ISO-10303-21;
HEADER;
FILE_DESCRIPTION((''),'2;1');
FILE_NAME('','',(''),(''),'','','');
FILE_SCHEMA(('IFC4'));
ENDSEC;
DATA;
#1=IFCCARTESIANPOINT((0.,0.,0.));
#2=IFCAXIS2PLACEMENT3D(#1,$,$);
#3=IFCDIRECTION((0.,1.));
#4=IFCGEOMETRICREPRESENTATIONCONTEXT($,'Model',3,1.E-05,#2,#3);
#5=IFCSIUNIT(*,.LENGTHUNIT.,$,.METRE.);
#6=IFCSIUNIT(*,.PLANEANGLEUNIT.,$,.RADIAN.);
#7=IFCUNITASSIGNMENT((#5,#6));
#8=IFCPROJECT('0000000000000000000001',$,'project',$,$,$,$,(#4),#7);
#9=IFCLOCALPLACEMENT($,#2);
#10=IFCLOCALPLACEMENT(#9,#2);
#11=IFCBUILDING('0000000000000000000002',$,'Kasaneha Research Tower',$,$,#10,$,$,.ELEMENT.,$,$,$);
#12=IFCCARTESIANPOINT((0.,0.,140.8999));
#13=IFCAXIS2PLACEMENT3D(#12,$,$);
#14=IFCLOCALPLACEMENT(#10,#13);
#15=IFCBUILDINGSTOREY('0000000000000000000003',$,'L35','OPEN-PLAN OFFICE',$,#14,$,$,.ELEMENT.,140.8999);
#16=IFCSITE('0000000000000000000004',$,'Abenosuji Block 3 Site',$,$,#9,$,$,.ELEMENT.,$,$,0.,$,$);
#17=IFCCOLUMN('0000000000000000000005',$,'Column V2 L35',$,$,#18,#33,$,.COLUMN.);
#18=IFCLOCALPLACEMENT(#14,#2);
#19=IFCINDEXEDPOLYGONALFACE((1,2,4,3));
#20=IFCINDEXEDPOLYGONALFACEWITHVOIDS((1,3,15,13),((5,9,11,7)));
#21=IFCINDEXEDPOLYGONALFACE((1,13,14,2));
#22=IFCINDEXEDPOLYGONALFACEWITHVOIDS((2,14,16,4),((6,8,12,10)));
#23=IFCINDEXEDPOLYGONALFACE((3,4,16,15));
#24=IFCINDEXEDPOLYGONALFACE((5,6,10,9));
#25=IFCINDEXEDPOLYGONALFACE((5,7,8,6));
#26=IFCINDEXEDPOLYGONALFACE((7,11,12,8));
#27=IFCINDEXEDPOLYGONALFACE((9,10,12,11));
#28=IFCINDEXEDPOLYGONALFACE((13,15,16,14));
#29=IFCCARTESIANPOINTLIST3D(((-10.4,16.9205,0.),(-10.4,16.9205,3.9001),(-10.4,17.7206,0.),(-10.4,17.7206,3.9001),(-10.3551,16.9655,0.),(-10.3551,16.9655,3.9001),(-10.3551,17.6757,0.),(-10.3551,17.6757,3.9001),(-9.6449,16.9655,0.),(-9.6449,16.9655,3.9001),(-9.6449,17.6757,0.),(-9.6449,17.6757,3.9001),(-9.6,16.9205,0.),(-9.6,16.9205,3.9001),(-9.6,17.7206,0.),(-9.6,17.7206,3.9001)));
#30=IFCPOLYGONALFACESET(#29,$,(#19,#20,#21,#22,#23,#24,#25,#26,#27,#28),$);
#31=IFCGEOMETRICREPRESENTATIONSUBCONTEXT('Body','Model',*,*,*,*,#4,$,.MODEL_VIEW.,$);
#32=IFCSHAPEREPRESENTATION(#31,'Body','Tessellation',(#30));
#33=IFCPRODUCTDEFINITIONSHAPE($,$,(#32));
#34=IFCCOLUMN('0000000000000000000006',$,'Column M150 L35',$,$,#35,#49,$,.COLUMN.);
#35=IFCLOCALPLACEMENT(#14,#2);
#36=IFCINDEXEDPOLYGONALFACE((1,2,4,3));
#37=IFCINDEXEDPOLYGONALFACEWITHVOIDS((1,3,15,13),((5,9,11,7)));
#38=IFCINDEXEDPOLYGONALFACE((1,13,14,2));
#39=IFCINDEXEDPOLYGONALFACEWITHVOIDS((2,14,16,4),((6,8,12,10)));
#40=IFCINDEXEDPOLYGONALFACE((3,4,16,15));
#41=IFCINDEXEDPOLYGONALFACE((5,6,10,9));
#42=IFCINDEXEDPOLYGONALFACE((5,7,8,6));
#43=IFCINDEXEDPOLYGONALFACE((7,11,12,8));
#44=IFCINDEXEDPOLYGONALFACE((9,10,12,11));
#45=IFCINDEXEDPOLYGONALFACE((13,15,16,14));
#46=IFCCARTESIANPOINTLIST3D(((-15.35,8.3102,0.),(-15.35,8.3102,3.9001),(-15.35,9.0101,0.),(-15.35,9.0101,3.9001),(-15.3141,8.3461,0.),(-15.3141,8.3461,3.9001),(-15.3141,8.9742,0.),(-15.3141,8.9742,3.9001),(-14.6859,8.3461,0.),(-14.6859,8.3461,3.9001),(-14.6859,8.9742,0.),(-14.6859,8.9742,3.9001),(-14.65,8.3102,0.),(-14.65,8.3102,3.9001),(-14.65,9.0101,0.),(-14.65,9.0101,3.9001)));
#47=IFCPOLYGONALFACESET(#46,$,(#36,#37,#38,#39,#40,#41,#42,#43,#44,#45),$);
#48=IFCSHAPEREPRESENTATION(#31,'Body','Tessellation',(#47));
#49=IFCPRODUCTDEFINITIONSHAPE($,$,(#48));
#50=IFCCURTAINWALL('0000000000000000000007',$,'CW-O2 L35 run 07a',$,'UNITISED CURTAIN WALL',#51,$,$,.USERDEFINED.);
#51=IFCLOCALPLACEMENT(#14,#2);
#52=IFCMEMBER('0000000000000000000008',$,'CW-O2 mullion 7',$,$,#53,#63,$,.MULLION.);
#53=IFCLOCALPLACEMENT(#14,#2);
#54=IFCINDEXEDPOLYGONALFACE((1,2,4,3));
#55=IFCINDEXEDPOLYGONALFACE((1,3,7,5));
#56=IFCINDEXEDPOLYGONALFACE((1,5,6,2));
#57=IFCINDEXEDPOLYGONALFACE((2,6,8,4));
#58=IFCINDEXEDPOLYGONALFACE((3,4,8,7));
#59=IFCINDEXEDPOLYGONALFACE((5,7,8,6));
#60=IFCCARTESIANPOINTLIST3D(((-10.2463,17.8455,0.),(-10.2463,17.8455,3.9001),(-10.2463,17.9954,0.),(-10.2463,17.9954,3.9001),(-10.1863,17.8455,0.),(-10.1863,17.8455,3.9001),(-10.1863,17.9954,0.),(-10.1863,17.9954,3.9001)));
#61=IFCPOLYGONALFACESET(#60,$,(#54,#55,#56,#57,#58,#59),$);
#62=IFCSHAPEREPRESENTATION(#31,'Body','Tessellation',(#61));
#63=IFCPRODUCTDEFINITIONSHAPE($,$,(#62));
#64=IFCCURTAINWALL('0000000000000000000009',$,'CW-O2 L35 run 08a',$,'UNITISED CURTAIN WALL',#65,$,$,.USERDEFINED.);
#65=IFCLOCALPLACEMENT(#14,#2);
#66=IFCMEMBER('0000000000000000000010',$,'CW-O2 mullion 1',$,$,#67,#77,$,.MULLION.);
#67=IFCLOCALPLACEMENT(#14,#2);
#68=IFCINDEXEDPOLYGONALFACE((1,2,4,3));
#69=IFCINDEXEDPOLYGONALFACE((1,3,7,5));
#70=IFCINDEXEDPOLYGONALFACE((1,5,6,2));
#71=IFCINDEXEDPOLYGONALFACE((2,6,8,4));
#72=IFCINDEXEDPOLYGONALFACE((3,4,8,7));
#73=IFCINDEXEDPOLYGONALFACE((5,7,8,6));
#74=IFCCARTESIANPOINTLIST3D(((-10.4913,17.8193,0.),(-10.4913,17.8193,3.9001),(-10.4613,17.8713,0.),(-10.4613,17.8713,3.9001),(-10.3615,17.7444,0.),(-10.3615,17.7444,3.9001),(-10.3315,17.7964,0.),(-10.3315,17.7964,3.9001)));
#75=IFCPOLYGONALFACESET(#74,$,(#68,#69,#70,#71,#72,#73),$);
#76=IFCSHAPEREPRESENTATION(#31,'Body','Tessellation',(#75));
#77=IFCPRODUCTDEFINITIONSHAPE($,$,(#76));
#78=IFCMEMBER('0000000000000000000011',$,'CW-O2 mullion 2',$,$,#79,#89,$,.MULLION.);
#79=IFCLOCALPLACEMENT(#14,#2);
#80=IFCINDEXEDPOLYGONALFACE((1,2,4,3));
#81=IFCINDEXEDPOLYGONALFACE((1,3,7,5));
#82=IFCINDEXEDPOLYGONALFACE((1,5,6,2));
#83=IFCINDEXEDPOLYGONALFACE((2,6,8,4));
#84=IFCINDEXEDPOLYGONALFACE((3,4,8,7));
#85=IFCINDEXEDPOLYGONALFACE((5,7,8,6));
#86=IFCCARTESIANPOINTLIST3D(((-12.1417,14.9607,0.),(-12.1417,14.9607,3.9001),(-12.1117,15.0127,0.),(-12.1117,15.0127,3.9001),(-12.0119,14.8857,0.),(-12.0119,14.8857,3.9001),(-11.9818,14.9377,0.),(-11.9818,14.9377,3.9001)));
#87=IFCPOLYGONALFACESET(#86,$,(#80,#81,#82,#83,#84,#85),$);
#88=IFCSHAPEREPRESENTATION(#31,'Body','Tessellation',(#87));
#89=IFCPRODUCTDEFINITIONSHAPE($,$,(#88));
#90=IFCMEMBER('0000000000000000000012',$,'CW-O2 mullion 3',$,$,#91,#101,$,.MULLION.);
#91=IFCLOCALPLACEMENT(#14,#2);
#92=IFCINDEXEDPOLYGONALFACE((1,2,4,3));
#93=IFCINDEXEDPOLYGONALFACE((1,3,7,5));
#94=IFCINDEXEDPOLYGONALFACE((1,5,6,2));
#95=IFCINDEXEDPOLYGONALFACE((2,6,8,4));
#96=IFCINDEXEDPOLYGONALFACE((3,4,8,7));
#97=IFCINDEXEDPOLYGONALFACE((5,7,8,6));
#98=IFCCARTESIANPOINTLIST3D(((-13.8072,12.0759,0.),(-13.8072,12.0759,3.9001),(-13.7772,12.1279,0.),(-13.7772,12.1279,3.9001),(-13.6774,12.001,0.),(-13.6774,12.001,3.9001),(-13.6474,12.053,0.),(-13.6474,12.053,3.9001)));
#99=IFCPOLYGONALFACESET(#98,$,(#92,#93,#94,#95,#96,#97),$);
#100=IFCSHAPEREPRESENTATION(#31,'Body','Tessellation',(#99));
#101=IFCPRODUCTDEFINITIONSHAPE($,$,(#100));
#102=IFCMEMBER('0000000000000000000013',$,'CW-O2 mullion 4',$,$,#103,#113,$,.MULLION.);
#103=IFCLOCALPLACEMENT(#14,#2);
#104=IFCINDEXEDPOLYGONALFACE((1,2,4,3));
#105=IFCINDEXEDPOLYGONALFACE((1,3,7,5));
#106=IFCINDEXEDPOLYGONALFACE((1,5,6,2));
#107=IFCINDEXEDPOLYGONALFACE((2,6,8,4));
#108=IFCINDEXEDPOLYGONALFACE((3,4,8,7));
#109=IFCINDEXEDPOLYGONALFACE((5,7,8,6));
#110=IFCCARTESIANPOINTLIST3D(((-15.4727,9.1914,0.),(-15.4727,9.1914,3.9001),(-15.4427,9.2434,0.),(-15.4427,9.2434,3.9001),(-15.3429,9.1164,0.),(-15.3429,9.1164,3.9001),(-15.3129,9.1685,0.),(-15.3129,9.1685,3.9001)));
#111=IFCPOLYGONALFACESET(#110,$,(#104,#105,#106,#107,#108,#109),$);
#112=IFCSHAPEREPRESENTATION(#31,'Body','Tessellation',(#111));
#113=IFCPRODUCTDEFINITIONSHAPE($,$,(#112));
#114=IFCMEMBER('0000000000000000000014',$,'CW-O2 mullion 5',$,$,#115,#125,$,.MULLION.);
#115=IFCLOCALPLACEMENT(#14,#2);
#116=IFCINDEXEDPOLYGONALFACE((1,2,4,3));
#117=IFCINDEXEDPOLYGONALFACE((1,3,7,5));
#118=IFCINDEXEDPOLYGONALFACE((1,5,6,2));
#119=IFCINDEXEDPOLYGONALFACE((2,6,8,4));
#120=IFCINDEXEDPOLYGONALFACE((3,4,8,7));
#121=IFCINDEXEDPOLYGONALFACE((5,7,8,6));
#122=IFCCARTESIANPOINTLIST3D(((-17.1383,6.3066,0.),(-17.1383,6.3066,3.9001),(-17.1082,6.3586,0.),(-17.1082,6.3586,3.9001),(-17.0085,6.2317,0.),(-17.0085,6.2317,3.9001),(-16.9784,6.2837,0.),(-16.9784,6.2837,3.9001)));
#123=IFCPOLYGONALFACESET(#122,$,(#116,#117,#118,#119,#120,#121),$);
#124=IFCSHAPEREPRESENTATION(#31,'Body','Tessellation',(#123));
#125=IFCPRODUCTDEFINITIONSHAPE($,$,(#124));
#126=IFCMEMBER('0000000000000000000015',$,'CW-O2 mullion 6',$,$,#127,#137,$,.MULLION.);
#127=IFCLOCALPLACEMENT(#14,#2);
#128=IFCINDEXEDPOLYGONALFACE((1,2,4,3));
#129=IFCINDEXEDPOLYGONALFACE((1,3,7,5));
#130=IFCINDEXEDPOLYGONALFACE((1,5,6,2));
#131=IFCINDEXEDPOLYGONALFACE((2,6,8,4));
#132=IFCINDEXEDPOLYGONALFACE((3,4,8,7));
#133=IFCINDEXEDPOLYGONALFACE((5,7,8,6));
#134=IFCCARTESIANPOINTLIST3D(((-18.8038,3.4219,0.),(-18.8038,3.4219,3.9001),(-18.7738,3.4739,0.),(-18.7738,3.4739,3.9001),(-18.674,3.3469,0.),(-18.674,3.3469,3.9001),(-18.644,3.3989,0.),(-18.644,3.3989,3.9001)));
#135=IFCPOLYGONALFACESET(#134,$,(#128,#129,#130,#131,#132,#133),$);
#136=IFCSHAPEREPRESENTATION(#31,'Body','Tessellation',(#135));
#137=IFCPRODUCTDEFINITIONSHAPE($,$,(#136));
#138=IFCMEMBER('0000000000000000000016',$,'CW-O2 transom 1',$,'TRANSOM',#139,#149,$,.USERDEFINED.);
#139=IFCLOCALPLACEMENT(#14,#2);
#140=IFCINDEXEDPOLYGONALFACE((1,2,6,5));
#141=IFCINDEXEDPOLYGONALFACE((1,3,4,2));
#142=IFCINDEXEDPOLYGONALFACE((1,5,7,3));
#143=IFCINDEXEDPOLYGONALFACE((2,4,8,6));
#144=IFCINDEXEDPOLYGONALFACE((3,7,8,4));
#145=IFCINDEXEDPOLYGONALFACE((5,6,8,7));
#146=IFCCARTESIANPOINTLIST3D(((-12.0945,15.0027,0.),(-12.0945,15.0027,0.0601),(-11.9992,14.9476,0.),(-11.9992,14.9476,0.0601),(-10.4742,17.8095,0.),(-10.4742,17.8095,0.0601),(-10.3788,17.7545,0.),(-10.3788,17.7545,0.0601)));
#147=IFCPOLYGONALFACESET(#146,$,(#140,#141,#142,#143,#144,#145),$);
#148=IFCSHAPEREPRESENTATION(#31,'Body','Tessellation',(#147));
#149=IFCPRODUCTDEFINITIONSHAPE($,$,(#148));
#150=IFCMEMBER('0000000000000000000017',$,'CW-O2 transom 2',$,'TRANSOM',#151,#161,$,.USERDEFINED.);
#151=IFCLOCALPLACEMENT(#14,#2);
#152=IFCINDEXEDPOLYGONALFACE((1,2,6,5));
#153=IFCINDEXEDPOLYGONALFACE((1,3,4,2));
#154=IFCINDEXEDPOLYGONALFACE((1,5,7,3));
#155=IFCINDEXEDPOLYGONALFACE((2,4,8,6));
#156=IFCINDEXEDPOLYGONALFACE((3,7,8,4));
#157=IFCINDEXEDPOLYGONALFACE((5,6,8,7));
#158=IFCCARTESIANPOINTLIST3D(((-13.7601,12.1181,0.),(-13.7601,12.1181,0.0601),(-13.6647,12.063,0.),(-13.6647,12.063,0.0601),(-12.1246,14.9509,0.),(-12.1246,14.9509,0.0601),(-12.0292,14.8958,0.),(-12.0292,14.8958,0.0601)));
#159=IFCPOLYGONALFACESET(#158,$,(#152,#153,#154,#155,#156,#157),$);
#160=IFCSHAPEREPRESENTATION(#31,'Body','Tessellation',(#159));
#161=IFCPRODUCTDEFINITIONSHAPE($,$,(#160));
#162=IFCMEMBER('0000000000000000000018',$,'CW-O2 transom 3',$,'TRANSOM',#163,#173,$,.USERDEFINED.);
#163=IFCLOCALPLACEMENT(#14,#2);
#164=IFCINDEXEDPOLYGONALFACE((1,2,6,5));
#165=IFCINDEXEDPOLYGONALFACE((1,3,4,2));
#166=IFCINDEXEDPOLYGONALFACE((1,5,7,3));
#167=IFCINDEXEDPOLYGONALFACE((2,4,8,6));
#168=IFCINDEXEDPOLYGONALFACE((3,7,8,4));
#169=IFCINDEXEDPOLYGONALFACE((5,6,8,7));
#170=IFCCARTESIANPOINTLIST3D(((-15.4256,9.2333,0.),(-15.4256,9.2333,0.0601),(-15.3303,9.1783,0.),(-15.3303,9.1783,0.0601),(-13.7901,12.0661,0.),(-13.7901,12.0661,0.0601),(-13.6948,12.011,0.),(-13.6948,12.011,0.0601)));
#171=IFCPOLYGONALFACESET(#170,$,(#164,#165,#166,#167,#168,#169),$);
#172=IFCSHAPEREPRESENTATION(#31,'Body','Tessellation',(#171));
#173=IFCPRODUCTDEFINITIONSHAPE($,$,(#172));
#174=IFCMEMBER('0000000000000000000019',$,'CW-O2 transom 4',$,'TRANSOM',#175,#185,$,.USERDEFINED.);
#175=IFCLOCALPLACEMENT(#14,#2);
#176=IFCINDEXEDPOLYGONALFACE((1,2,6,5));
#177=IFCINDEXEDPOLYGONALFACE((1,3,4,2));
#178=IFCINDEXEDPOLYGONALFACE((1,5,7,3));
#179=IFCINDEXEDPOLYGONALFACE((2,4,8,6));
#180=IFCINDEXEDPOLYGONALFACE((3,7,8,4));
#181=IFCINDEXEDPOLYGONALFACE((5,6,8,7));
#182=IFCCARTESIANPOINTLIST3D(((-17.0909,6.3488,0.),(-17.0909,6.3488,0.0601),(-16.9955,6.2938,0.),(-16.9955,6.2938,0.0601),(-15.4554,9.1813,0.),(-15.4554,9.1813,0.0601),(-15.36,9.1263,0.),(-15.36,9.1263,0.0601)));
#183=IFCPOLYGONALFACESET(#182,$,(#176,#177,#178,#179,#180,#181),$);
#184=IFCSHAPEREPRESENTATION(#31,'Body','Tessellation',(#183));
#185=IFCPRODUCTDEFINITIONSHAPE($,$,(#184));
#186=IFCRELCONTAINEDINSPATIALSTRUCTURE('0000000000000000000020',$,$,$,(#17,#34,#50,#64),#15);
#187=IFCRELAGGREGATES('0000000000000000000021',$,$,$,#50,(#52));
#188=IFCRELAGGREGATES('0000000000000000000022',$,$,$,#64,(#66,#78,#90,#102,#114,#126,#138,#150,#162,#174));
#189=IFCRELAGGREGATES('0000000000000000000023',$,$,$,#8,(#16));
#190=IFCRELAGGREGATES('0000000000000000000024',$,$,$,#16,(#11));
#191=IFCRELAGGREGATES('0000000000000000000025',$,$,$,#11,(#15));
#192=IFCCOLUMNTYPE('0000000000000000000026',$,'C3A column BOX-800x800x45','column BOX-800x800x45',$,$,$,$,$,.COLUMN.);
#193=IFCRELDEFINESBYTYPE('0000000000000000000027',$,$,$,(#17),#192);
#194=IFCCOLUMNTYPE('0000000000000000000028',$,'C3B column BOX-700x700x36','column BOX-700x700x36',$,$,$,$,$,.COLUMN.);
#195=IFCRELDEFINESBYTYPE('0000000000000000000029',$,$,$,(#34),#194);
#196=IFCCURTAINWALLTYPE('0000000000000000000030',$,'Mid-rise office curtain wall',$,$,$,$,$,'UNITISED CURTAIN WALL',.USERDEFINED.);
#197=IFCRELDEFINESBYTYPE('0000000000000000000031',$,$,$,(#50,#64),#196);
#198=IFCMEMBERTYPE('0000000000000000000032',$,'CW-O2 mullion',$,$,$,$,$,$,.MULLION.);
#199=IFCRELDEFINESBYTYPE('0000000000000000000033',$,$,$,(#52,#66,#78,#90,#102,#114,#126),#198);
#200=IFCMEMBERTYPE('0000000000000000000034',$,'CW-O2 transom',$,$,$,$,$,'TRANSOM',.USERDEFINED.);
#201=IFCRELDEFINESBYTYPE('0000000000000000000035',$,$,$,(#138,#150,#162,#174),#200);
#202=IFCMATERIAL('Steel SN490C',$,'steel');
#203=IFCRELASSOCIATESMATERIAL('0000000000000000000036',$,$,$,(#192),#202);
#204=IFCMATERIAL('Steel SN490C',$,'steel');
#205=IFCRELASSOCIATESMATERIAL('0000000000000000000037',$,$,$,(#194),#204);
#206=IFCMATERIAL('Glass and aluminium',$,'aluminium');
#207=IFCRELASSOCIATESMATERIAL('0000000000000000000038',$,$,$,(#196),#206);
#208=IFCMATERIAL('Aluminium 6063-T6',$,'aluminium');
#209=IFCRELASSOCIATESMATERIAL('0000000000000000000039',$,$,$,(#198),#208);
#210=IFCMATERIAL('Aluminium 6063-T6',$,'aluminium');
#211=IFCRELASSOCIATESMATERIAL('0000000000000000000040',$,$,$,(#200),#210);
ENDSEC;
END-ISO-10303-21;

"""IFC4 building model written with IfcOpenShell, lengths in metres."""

from ifc_helpers import new_model, si_unit, direction, frame, origin, origin_2d, place, context, subcontext, project, spatial, rectangle, hollow_rectangle, extrude, material, material_profile, profile_set, type_object, element, aggregate, save


model = new_model("IFC4")

# Units and contexts
model_context = context("Model", 3, precision=1e-05, world=origin(), true_north=direction((0.0, 1.0)))
body_context = subcontext(model_context, "Body", "Model", "MODEL_VIEW")
ifc_project = project(units=[si_unit("LENGTHUNIT", "METRE"), si_unit("PLANEANGLEUNIT", "RADIAN")], contexts=[model_context])

# Site, building, storey
site_placement = place(None, origin())
site = spatial("IfcSite", under=ifc_project, at=site_placement, Name="Abenosuji Block 3 Site", CompositionType="ELEMENT", RefElevation=0.0)
building_placement = place(site_placement, origin())
building = spatial("IfcBuilding", under=site, at=building_placement, Name="Kasaneha Research Tower", CompositionType="ELEMENT")
storey_placement = place(building_placement, frame((0.0, 0.0, 140.8999)))
storey = spatial("IfcBuildingStorey", under=building, at=storey_placement, Name="L35", Description="OPEN-PLAN OFFICE", CompositionType="ELEMENT", Elevation=140.8999)

# Columns
ifc_material_1 = material(Name="Steel SN490C", Category="steel")
ifc_material_profile_1 = material_profile(ifc_material_1, hollow_rectangle(XDim=0.8, YDim=0.8, WallThickness=0.0449, at=origin_2d()), Name="BOX-800x800x45")
ifc_profile_set_1 = profile_set([ifc_material_profile_1], Name="Steel SN490C")
column_type_1 = type_object("IfcColumnType", Name="C3A column BOX-800x800x45", Description="column BOX-800x800x45", PredefinedType="COLUMN", material=ifc_profile_set_1)
column_1_placement = place(storey_placement, frame((-10.0, 17.3206, 0.0), z_axis=(0.0, 0.0, 1.0), x_axis=(1.0, 0.0, 0.0)))
element("IfcColumn", 1, at=column_1_placement, inside=storey, type_object=column_type_1, Name="Column V2 L35", PredefinedType="COLUMN", context=body_context, shape_type="SweptSolid", body=[
    extrude(hollow_rectangle(XDim=0.8, YDim=0.8, WallThickness=0.0449, at=origin_2d()), origin(), (0.0, 0.0, 1.0), 3.9001),
])
ifc_material_2 = material(Name="Steel SN490C", Category="steel")
ifc_material_profile_2 = material_profile(ifc_material_2, hollow_rectangle(XDim=0.7, YDim=0.7, WallThickness=0.0359, at=origin_2d()), Name="BOX-700x700x36")
ifc_profile_set_2 = profile_set([ifc_material_profile_2], Name="Steel SN490C")
column_type_2 = type_object("IfcColumnType", Name="C3B column BOX-700x700x36", Description="column BOX-700x700x36", PredefinedType="COLUMN", material=ifc_profile_set_2)
column_2_placement = place(storey_placement, frame((-15.0, 8.6602, 0.0), z_axis=(0.0, 0.0, 1.0), x_axis=(1.0, 0.0, 0.0)))
element("IfcColumn", 2, at=column_2_placement, inside=storey, type_object=column_type_2, Name="Column M150 L35", PredefinedType="COLUMN", context=body_context, shape_type="SweptSolid", body=[
    extrude(hollow_rectangle(XDim=0.7, YDim=0.7, WallThickness=0.0359, at=origin_2d()), origin(), (0.0, 0.0, 1.0), 3.9001),
])

# Curtain wall, member
ifc_material_3 = material(Name="Glass and aluminium", Category="aluminium")
curtain_wall_type = type_object("IfcCurtainWallType", Name="Mid-rise office curtain wall", ElementType="UNITISED CURTAIN WALL", PredefinedType="USERDEFINED", material=ifc_material_3)
curtain_wall_1_placement = place(storey_placement, origin())
curtain_wall_1 = element("IfcCurtainWall", 3, at=curtain_wall_1_placement, inside=storey, type_object=curtain_wall_type, Name="CW-O2 L35 run 07a", ObjectType="UNITISED CURTAIN WALL", PredefinedType="USERDEFINED")
ifc_material_4 = material(Name="Aluminium 6063-T6", Category="aluminium")
ifc_material_profile_3 = material_profile(ifc_material_4, rectangle(XDim=0.0601, YDim=0.1499, at=origin_2d()), Name="CW-O2 mullion 60x150")
ifc_profile_set_3 = profile_set([ifc_material_profile_3], Name="Aluminium 6063-T6")
member_type_1 = type_object("IfcMemberType", Name="CW-O2 mullion", PredefinedType="MULLION", material=ifc_profile_set_3)
member_1_placement = place(storey_placement, frame((-10.2163, 17.9204, 0.0), z_axis=(0.0, 0.0, 1.0), x_axis=(-1.0, 0.0, 0.0)))
member_1 = element("IfcMember", 4, at=member_1_placement, type_object=member_type_1, Name="CW-O2 mullion 7", PredefinedType="MULLION", context=body_context, shape_type="SweptSolid", body=[
    extrude(rectangle(XDim=0.0601, YDim=0.1499, at=origin_2d()), origin(), (0.0, 0.0, 1.0), 3.9001),
])
aggregate(curtain_wall_1, [member_1])

# Curtain wall, members
curtain_wall_2_placement = place(storey_placement, origin())
curtain_wall_2 = element("IfcCurtainWall", 5, at=curtain_wall_2_placement, inside=storey, type_object=curtain_wall_type, Name="CW-O2 L35 run 08a", ObjectType="UNITISED CURTAIN WALL", PredefinedType="USERDEFINED")
member_2_placement = place(storey_placement, frame((-10.4114, 17.8079, 0.0), z_axis=(0.0, 0.0, 1.0), x_axis=(-0.5, -0.866025, 0.0)))
member_2 = element("IfcMember", 6, at=member_2_placement, type_object=member_type_1, Name="CW-O2 mullion 1", PredefinedType="MULLION", context=body_context, shape_type="SweptSolid", body=[
    extrude(rectangle(XDim=0.0601, YDim=0.1499, at=origin_2d()), origin(), (0.0, 0.0, 1.0), 3.9001),
])
member_3_placement = place(storey_placement, frame((-12.0618, 14.9492, 0.0), z_axis=(0.0, 0.0, 1.0), x_axis=(-0.5, -0.866025, 0.0)))
member_3 = element("IfcMember", 7, at=member_3_placement, type_object=member_type_1, Name="CW-O2 mullion 2", PredefinedType="MULLION", context=body_context, shape_type="SweptSolid", body=[
    extrude(rectangle(XDim=0.0601, YDim=0.1499, at=origin_2d()), origin(), (0.0, 0.0, 1.0), 3.9001),
])
member_4_placement = place(storey_placement, frame((-13.7273, 12.0645, 0.0), z_axis=(0.0, 0.0, 1.0), x_axis=(-0.5, -0.866025, 0.0)))
member_4 = element("IfcMember", 8, at=member_4_placement, type_object=member_type_1, Name="CW-O2 mullion 3", PredefinedType="MULLION", context=body_context, shape_type="SweptSolid", body=[
    extrude(rectangle(XDim=0.0601, YDim=0.1499, at=origin_2d()), origin(), (0.0, 0.0, 1.0), 3.9001),
])
member_5_placement = place(storey_placement, frame((-15.3928, 9.1799, 0.0), z_axis=(0.0, 0.0, 1.0), x_axis=(-0.5, -0.866025, 0.0)))
member_5 = element("IfcMember", 9, at=member_5_placement, type_object=member_type_1, Name="CW-O2 mullion 4", PredefinedType="MULLION", context=body_context, shape_type="SweptSolid", body=[
    extrude(rectangle(XDim=0.0601, YDim=0.1499, at=origin_2d()), origin(), (0.0, 0.0, 1.0), 3.9001),
])
member_6_placement = place(storey_placement, frame((-17.0583, 6.2952, 0.0), z_axis=(0.0, 0.0, 1.0), x_axis=(-0.5, -0.866025, 0.0)))
member_6 = element("IfcMember", 10, at=member_6_placement, type_object=member_type_1, Name="CW-O2 mullion 5", PredefinedType="MULLION", context=body_context, shape_type="SweptSolid", body=[
    extrude(rectangle(XDim=0.0601, YDim=0.1499, at=origin_2d()), origin(), (0.0, 0.0, 1.0), 3.9001),
])
member_7_placement = place(storey_placement, frame((-18.7239, 3.4104, 0.0), z_axis=(0.0, 0.0, 1.0), x_axis=(-0.5, -0.866025, 0.0)))
member_7 = element("IfcMember", 11, at=member_7_placement, type_object=member_type_1, Name="CW-O2 mullion 6", PredefinedType="MULLION", context=body_context, shape_type="SweptSolid", body=[
    extrude(rectangle(XDim=0.0601, YDim=0.1499, at=origin_2d()), origin(), (0.0, 0.0, 1.0), 3.9001),
])
ifc_material_5 = material(Name="Aluminium 6063-T6", Category="aluminium")
ifc_material_profile_4 = material_profile(ifc_material_5, rectangle(XDim=0.1101, YDim=0.0601, at=origin_2d()), Name="CW-O2 transom 110x60")
ifc_profile_set_4 = profile_set([ifc_material_profile_4], Name="Aluminium 6063-T6")
member_type_2 = type_object("IfcMemberType", Name="CW-O2 transom", ElementType="TRANSOM", PredefinedType="USERDEFINED", material=ifc_profile_set_4)
member_8_placement = place(storey_placement, frame((-10.4265, 17.782, 0.03), z_axis=(-0.499955, -0.866051, 0.0), x_axis=(0.866051, -0.499955, 0.0)))
member_8 = element("IfcMember", 12, at=member_8_placement, type_object=member_type_2, Name="CW-O2 transom 1", ObjectType="TRANSOM", PredefinedType="USERDEFINED", context=body_context, shape_type="SweptSolid", body=[
    extrude(rectangle(XDim=0.1101, YDim=0.0601, at=origin_2d()), origin(), (0.0, 0.0, 1.0), 3.241),
])
member_9_placement = place(storey_placement, frame((-12.0769, 14.9233, 0.03), z_axis=(-0.5, -0.866025, 0.0), x_axis=(0.866025, -0.5, 0.0)))
member_9 = element("IfcMember", 13, at=member_9_placement, type_object=member_type_2, Name="CW-O2 transom 2", ObjectType="TRANSOM", PredefinedType="USERDEFINED", context=body_context, shape_type="SweptSolid", body=[
    extrude(rectangle(XDim=0.1101, YDim=0.0601, at=origin_2d()), origin(), (0.0, 0.0, 1.0), 3.271),
])
member_10_placement = place(storey_placement, frame((-13.7424, 12.0386, 0.03), z_axis=(-0.5, -0.866025, 0.0), x_axis=(0.866025, -0.5, 0.0)))
member_10 = element("IfcMember", 14, at=member_10_placement, type_object=member_type_2, Name="CW-O2 transom 3", ObjectType="TRANSOM", PredefinedType="USERDEFINED", context=body_context, shape_type="SweptSolid", body=[
    extrude(rectangle(XDim=0.1101, YDim=0.0601, at=origin_2d()), origin(), (0.0, 0.0, 1.0), 3.271),
])
member_11_placement = place(storey_placement, frame((-15.4077, 9.1538, 0.03), z_axis=(-0.500033, -0.866007, 0.0), x_axis=(0.866007, -0.500033, 0.0)))
member_11 = element("IfcMember", 15, at=member_11_placement, type_object=member_type_2, Name="CW-O2 transom 4", ObjectType="TRANSOM", PredefinedType="USERDEFINED", context=body_context, shape_type="SweptSolid", body=[
    extrude(rectangle(XDim=0.1101, YDim=0.0601, at=origin_2d()), origin(), (0.0, 0.0, 1.0), 3.2708),
])
aggregate(curtain_wall_2, [member_2, member_3, member_4, member_5, member_6, member_7, member_8, member_9, member_10, member_11])

save(model, "model.ifc")
